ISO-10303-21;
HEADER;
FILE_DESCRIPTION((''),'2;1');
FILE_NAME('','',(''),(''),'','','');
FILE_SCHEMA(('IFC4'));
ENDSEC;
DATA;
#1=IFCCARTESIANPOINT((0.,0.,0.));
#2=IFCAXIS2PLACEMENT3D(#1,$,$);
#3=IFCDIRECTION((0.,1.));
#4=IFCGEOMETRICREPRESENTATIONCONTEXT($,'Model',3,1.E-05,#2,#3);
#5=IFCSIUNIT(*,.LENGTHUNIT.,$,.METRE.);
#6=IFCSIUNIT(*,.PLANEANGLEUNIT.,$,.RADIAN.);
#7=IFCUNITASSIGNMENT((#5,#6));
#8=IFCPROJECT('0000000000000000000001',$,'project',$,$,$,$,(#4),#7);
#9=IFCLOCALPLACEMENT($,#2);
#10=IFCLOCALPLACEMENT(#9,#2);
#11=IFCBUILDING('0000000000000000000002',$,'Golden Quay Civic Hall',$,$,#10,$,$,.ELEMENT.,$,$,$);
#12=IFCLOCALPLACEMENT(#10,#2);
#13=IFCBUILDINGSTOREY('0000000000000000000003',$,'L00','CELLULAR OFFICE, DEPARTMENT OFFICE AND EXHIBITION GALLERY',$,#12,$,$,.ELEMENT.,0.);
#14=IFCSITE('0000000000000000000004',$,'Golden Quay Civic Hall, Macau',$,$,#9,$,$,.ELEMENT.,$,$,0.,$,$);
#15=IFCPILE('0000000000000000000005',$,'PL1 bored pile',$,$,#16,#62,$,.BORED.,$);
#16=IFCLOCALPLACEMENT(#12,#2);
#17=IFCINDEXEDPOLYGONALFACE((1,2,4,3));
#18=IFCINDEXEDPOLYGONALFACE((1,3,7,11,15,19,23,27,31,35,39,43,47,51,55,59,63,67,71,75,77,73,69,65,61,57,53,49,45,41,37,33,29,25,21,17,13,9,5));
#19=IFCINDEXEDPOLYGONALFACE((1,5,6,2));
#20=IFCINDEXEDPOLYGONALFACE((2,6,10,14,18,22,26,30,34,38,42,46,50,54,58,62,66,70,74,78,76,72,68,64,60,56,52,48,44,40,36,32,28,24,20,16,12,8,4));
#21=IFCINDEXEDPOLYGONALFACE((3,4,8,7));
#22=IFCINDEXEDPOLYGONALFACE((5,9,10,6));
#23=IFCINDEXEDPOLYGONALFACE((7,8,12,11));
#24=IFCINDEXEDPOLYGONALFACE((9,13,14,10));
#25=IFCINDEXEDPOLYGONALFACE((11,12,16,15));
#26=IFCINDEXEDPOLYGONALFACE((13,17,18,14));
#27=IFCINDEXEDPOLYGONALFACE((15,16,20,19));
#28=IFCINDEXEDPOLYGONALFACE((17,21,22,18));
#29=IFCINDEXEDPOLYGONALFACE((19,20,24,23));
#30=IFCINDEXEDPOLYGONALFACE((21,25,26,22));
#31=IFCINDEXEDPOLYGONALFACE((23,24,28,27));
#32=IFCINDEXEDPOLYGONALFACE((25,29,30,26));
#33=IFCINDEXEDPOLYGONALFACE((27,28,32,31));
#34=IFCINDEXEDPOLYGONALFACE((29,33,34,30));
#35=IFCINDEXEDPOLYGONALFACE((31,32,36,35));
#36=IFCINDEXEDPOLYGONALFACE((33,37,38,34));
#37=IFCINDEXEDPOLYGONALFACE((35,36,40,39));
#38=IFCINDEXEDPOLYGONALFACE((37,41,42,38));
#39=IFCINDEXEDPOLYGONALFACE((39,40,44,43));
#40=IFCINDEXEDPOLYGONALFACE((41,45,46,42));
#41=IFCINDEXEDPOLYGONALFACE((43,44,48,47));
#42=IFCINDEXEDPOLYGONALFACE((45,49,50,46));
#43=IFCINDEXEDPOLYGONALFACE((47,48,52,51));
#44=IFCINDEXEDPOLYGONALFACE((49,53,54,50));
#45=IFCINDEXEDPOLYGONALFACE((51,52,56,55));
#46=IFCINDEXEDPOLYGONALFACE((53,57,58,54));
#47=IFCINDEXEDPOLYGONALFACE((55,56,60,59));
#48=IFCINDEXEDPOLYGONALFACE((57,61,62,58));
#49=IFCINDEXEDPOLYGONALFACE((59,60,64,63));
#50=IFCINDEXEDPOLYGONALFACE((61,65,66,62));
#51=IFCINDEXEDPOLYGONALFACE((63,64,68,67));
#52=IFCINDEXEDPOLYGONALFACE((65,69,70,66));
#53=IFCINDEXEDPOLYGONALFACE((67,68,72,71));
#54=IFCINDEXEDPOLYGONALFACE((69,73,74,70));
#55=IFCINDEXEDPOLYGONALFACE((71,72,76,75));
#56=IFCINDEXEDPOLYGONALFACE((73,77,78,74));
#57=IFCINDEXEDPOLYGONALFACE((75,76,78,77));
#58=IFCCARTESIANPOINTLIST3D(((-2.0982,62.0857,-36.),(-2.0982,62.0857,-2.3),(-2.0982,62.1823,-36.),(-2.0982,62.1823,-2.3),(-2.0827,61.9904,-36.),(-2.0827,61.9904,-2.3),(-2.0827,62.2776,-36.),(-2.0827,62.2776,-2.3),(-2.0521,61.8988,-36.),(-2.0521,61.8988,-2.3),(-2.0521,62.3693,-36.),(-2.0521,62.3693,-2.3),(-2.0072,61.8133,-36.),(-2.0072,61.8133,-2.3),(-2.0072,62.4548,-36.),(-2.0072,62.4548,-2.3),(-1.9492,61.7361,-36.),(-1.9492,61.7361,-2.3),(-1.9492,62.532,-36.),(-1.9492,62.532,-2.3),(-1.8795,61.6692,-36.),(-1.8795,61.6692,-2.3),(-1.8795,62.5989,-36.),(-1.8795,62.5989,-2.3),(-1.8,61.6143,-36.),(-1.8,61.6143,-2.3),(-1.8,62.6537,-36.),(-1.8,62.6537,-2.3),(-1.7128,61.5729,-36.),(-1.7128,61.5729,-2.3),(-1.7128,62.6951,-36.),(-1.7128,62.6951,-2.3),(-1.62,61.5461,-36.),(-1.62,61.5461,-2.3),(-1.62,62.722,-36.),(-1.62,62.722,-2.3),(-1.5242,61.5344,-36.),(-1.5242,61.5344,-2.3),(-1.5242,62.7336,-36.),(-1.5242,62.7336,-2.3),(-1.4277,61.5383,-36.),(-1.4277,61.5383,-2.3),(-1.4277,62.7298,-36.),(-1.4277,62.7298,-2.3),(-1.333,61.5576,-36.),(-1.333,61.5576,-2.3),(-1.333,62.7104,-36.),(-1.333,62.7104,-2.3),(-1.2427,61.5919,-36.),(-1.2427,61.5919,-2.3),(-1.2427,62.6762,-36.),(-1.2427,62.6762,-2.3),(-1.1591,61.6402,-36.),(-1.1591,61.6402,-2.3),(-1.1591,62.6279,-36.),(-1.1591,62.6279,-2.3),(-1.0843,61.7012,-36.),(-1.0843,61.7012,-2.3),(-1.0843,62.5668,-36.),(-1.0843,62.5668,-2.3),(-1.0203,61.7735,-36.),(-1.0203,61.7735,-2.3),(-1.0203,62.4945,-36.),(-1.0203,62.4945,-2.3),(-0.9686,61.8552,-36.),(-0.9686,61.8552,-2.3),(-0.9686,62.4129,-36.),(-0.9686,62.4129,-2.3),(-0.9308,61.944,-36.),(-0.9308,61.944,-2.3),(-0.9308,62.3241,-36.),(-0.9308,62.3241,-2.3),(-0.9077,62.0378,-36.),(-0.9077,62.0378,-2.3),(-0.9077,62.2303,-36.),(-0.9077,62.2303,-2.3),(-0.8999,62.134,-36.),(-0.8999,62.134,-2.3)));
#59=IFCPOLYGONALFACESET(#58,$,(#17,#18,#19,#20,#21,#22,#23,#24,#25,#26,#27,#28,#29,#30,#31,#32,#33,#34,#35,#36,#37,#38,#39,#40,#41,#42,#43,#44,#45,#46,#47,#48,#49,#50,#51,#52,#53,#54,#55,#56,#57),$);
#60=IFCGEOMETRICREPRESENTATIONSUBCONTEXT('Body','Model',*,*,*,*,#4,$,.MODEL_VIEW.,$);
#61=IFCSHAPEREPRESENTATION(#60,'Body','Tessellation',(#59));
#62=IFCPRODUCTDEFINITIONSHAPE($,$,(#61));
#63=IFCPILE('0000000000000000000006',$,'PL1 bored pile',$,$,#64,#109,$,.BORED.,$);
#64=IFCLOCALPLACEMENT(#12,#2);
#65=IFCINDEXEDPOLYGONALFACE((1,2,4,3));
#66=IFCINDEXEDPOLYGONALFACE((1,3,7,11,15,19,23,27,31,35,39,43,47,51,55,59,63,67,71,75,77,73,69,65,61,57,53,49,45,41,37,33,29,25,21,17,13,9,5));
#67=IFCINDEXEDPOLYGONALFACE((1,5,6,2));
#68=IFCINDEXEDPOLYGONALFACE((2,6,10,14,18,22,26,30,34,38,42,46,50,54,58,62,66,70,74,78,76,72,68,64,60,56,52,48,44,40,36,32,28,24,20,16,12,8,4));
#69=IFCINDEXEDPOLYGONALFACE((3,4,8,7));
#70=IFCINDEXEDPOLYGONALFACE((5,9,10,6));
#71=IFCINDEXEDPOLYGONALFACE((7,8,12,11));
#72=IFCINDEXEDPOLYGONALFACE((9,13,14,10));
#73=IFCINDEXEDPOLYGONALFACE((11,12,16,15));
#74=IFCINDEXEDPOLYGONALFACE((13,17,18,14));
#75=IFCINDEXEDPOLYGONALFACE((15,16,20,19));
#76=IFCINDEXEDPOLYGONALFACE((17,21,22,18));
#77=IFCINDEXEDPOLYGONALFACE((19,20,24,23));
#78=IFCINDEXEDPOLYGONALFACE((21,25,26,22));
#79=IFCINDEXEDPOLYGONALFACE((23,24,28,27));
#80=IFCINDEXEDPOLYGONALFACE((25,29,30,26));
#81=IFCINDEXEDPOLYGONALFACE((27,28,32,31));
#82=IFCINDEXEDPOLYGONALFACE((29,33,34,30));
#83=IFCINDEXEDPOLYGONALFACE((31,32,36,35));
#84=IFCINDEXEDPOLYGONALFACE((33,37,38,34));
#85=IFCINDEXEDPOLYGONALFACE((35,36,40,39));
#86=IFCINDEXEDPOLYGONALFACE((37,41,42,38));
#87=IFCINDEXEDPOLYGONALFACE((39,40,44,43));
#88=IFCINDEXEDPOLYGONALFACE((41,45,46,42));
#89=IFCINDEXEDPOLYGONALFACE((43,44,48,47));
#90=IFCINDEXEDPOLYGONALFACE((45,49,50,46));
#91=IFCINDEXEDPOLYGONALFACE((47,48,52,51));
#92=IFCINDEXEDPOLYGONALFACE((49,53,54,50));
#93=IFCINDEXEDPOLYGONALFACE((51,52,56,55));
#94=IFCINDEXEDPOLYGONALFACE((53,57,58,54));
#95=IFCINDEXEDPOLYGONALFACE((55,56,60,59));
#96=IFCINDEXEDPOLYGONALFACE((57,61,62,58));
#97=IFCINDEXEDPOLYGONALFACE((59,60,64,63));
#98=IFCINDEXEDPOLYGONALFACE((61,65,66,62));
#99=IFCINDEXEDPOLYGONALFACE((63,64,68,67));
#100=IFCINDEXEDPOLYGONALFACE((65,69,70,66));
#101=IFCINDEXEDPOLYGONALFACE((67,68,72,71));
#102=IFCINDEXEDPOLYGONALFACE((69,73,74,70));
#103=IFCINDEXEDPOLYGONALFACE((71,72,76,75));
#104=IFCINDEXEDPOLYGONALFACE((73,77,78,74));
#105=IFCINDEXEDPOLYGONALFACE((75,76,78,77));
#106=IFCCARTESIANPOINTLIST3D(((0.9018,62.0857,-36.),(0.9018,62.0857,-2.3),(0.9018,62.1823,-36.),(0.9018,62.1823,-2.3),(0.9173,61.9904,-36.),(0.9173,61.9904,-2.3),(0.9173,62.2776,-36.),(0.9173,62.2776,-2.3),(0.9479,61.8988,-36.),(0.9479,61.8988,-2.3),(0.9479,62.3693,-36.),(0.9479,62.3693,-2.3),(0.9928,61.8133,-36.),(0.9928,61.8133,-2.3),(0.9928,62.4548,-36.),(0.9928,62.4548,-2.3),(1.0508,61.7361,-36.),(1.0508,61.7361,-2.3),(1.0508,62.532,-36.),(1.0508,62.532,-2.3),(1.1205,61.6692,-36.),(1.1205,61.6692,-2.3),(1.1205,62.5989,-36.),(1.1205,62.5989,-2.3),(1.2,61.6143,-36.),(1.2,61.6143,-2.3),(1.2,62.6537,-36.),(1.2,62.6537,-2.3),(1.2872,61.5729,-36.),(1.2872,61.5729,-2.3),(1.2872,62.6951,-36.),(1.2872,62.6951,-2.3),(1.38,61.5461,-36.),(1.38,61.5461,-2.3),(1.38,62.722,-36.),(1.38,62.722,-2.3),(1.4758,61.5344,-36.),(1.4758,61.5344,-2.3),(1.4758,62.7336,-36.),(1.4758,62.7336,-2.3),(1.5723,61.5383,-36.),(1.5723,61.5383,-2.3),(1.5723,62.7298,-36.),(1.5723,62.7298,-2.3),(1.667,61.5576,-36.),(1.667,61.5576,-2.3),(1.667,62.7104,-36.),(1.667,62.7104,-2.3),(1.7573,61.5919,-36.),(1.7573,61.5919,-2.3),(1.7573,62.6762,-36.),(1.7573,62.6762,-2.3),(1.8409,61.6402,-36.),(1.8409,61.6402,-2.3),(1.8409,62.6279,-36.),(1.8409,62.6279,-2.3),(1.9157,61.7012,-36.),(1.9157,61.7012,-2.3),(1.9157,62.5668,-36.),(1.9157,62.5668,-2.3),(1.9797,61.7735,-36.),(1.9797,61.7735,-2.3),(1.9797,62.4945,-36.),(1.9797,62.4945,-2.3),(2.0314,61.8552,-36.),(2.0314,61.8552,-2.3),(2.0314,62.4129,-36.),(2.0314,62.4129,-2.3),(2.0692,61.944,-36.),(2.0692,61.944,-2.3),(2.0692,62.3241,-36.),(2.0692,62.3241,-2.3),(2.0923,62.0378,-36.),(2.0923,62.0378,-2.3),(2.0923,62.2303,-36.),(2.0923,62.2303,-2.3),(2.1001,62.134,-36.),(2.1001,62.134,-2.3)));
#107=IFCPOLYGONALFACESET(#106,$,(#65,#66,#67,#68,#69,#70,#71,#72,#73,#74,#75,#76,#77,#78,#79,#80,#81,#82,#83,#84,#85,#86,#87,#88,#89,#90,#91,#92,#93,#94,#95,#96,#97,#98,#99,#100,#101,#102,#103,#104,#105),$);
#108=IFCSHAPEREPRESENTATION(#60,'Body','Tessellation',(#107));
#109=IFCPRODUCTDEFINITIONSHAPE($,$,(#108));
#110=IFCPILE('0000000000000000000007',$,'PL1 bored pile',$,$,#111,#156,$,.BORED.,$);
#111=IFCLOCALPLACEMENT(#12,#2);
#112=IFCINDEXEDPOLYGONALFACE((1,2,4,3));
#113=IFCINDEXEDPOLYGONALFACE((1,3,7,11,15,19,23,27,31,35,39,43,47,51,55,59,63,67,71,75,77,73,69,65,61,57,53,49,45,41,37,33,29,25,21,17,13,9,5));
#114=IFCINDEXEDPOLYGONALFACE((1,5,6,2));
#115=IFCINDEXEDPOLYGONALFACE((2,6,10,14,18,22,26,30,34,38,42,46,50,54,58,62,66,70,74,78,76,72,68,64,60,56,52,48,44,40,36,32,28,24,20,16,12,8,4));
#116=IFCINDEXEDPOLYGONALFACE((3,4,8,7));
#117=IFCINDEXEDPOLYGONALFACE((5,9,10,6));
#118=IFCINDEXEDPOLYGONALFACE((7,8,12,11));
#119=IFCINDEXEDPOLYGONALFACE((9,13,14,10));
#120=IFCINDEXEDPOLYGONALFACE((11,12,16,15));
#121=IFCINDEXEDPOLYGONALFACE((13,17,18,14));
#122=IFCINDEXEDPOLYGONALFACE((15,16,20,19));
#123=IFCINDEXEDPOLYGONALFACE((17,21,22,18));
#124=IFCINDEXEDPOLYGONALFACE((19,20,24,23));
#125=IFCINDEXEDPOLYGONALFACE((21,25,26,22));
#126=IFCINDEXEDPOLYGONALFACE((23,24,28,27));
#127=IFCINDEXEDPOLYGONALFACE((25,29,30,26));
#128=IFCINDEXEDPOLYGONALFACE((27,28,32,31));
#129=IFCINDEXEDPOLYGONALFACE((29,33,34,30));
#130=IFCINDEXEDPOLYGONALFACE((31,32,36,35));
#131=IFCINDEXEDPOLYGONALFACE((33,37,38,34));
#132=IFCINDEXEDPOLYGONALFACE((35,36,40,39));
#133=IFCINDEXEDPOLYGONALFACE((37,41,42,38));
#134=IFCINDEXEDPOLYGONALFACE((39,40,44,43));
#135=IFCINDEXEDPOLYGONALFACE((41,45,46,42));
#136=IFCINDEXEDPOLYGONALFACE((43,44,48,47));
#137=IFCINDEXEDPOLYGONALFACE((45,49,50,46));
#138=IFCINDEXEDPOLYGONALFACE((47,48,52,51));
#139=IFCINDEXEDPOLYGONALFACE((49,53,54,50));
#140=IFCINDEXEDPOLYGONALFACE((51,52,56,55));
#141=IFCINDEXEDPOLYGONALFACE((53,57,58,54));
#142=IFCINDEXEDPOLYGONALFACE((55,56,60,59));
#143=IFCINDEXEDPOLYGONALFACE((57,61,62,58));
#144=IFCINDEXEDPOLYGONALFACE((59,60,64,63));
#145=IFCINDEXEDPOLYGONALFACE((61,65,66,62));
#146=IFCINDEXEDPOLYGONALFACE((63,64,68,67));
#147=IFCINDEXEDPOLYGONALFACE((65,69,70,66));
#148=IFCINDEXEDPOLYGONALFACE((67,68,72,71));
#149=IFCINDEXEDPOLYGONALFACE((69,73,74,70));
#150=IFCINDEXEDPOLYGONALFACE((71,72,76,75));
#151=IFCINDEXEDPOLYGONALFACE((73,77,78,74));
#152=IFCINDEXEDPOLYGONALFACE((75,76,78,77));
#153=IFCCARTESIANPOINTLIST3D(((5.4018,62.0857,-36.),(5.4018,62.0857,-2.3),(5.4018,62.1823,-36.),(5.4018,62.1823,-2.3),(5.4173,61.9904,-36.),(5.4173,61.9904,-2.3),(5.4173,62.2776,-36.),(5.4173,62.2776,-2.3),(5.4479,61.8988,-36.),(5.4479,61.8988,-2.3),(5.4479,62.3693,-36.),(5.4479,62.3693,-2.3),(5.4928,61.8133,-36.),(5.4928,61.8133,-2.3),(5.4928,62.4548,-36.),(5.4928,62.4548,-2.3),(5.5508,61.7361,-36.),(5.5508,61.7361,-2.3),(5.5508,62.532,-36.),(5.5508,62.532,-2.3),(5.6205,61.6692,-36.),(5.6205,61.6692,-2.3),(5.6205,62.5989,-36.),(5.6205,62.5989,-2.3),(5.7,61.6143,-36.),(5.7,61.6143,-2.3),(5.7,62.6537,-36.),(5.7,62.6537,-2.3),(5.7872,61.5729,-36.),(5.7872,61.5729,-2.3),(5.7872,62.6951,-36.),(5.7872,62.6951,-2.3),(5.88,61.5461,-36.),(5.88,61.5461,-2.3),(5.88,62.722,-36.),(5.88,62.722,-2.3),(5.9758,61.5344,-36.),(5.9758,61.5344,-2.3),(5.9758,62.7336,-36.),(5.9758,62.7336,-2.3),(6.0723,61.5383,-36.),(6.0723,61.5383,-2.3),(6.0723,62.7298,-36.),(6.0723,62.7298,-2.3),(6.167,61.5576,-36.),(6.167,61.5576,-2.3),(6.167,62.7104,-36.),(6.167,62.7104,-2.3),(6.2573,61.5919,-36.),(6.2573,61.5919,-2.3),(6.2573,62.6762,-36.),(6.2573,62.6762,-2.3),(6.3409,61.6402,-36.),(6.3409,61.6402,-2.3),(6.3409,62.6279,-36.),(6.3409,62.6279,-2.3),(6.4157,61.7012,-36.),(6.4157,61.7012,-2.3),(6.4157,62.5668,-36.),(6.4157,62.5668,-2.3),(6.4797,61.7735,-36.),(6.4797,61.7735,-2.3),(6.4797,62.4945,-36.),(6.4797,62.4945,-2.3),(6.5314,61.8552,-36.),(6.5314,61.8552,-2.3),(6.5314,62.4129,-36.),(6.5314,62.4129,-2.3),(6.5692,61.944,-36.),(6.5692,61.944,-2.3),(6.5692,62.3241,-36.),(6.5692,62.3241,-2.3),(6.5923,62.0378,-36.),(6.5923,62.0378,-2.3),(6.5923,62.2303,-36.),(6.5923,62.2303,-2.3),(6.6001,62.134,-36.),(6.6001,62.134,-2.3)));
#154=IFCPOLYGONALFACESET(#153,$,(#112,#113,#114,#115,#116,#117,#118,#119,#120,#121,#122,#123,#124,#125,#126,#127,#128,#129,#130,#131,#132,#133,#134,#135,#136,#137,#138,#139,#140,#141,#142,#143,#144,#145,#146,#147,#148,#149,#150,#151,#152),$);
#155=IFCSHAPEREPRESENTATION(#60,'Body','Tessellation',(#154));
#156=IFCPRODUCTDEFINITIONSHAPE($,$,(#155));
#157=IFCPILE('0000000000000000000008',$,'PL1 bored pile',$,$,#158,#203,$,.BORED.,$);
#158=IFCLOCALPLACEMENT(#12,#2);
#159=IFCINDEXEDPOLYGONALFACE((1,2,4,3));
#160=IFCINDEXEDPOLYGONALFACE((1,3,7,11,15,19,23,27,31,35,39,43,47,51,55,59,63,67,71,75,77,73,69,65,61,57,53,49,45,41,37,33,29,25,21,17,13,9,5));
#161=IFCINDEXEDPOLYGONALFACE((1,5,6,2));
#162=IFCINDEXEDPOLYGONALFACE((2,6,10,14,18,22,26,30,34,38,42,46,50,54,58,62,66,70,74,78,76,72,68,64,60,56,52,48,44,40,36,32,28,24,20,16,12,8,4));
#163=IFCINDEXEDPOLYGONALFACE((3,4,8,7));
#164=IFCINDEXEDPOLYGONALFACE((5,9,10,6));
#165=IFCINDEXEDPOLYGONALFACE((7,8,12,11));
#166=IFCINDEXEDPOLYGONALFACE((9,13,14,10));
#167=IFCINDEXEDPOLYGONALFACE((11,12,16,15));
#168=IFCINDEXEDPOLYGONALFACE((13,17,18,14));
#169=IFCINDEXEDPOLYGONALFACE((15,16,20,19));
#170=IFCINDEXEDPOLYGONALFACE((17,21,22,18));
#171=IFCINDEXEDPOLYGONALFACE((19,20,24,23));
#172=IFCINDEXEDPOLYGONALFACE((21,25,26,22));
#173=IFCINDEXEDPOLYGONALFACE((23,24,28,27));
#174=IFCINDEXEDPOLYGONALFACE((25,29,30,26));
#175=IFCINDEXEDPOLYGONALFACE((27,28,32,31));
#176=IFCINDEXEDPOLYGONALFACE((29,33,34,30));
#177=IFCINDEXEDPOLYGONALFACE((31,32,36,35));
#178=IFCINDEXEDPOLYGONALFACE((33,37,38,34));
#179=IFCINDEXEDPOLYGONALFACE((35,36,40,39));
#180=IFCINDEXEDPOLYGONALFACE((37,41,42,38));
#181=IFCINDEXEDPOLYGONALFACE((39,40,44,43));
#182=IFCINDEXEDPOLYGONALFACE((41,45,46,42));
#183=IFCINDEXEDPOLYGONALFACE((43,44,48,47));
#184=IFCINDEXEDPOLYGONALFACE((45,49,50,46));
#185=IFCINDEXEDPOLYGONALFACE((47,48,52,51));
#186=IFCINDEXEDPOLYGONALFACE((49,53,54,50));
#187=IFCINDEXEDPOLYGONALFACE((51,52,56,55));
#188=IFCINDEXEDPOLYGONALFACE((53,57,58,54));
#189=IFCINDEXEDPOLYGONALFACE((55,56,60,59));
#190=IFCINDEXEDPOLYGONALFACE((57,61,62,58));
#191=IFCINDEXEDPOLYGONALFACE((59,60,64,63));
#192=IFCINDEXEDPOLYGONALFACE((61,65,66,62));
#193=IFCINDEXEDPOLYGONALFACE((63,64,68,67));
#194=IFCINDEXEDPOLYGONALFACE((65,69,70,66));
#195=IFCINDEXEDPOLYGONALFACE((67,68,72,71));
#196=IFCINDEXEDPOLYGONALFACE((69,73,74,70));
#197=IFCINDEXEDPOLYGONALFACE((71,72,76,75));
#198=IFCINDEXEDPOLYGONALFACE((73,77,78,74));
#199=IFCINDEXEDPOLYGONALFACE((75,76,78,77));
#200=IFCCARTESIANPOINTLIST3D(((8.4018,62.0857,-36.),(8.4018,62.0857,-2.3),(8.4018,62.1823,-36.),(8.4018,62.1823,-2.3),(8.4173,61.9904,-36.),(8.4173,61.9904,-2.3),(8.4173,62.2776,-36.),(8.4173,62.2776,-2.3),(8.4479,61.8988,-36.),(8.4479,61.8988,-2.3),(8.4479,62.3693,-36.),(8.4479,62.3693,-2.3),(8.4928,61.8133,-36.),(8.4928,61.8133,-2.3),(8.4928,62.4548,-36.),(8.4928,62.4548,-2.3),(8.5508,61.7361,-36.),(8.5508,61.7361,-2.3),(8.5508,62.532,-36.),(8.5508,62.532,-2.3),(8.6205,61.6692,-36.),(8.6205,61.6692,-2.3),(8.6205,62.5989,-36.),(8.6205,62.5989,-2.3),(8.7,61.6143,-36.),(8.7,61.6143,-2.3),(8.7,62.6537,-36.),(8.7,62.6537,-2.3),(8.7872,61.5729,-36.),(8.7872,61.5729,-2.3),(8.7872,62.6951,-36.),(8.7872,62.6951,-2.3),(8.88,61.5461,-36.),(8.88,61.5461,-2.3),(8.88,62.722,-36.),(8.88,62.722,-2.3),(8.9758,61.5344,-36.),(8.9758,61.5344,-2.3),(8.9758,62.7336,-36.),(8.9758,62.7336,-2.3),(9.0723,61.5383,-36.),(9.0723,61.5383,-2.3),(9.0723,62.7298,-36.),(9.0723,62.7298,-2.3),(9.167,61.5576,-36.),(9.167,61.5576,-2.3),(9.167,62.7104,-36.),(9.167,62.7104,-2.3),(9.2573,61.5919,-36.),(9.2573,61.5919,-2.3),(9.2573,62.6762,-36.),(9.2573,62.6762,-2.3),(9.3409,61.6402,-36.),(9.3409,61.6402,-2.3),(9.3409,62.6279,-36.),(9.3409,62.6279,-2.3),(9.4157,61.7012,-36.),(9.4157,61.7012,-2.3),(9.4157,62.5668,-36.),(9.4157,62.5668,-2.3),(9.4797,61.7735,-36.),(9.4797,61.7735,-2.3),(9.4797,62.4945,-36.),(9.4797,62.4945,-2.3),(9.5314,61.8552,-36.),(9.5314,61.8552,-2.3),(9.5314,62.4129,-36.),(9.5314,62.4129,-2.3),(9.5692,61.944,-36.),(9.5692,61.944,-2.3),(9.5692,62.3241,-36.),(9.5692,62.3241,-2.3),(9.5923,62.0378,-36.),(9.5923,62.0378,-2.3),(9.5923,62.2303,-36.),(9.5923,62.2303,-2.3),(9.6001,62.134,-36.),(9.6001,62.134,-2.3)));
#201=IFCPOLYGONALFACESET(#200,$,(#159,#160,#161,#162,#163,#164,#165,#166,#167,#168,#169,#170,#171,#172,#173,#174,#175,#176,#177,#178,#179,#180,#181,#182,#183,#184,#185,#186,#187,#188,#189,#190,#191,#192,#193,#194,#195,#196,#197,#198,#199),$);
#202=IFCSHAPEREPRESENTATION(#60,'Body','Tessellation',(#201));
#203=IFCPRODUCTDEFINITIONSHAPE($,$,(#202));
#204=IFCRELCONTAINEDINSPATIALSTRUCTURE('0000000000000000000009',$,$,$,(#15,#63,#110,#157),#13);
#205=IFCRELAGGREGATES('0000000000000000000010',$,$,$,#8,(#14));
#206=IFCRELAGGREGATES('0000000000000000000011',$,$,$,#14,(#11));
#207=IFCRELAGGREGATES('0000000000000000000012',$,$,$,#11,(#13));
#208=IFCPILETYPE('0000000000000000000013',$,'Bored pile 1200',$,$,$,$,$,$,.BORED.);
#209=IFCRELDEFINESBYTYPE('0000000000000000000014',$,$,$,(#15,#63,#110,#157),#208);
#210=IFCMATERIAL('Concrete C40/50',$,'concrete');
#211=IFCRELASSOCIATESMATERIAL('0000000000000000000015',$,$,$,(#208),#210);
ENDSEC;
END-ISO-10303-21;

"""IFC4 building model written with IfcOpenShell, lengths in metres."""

from ifc_helpers import new_model, si_unit, direction, frame, origin, origin_2d, place, context, subcontext, project, spatial, circle, extrude, material, material_profile, profile_set, type_object, element, save


model = new_model("IFC4")

# Units and contexts
model_context = context("Model", 3, precision=1e-05, world=origin(), true_north=direction((0.0, 1.0)))
body_context = subcontext(model_context, "Body", "Model", "MODEL_VIEW")
ifc_project = project(units=[si_unit("LENGTHUNIT", "METRE"), si_unit("PLANEANGLEUNIT", "RADIAN")], contexts=[model_context])

# Site, building, storey
site_placement = place(None, origin())
site = spatial("IfcSite", under=ifc_project, at=site_placement, Name="Golden Quay Civic Hall, Macau", CompositionType="ELEMENT", RefElevation=0.0)
building_placement = place(site_placement, origin())
building = spatial("IfcBuilding", under=site, at=building_placement, Name="Golden Quay Civic Hall", CompositionType="ELEMENT")
storey_placement = place(building_placement, origin())
storey = spatial("IfcBuildingStorey", under=building, at=storey_placement, Name="L00", Description="CELLULAR OFFICE, DEPARTMENT OFFICE AND EXHIBITION GALLERY", CompositionType="ELEMENT", Elevation=0.0)

# Piles
ifc_material_1 = material(Name="Concrete C40/50", Category="concrete")
ifc_material_profile_1 = material_profile(ifc_material_1, circle(Radius=0.6001, at=origin_2d()), Name="RC D1200")
ifc_profile_set_1 = profile_set([ifc_material_profile_1], Name="Concrete C40/50")
pile_type = type_object("IfcPileType", Name="Bored pile 1200", PredefinedType="BORED", material=ifc_profile_set_1)
for number, where, z_axis, x_axis, name in (
    (1, (-1.5, 62.134, -2.3), (0.0, 0.0, -1.0), (1.0, 0.0, 0.0), "PL1 bored pile"),
    (2, (1.5, 62.134, -2.3), (0.0, 0.0, -1.0), (1.0, 0.0, 0.0), "PL1 bored pile"),
    (3, (6.0, 62.134, -2.3), (0.0, 0.0, -1.0), (1.0, 0.0, 0.0), "PL1 bored pile"),
    (4, (9.0, 62.134, -2.3), (0.0, 0.0, -1.0), (1.0, 0.0, 0.0), "PL1 bored pile"),
):
    element("IfcPile", number, at=place(storey_placement, frame(where, z_axis=z_axis, x_axis=x_axis)), inside=storey, type_object=pile_type, Name=name, PredefinedType="BORED", context=body_context, shape_type="SweptSolid", body=[
        extrude(circle(Radius=0.6001, at=origin_2d()), origin(), (0.0, 0.0, 1.0), 33.7),
    ])

save(model, "model.ifc")
